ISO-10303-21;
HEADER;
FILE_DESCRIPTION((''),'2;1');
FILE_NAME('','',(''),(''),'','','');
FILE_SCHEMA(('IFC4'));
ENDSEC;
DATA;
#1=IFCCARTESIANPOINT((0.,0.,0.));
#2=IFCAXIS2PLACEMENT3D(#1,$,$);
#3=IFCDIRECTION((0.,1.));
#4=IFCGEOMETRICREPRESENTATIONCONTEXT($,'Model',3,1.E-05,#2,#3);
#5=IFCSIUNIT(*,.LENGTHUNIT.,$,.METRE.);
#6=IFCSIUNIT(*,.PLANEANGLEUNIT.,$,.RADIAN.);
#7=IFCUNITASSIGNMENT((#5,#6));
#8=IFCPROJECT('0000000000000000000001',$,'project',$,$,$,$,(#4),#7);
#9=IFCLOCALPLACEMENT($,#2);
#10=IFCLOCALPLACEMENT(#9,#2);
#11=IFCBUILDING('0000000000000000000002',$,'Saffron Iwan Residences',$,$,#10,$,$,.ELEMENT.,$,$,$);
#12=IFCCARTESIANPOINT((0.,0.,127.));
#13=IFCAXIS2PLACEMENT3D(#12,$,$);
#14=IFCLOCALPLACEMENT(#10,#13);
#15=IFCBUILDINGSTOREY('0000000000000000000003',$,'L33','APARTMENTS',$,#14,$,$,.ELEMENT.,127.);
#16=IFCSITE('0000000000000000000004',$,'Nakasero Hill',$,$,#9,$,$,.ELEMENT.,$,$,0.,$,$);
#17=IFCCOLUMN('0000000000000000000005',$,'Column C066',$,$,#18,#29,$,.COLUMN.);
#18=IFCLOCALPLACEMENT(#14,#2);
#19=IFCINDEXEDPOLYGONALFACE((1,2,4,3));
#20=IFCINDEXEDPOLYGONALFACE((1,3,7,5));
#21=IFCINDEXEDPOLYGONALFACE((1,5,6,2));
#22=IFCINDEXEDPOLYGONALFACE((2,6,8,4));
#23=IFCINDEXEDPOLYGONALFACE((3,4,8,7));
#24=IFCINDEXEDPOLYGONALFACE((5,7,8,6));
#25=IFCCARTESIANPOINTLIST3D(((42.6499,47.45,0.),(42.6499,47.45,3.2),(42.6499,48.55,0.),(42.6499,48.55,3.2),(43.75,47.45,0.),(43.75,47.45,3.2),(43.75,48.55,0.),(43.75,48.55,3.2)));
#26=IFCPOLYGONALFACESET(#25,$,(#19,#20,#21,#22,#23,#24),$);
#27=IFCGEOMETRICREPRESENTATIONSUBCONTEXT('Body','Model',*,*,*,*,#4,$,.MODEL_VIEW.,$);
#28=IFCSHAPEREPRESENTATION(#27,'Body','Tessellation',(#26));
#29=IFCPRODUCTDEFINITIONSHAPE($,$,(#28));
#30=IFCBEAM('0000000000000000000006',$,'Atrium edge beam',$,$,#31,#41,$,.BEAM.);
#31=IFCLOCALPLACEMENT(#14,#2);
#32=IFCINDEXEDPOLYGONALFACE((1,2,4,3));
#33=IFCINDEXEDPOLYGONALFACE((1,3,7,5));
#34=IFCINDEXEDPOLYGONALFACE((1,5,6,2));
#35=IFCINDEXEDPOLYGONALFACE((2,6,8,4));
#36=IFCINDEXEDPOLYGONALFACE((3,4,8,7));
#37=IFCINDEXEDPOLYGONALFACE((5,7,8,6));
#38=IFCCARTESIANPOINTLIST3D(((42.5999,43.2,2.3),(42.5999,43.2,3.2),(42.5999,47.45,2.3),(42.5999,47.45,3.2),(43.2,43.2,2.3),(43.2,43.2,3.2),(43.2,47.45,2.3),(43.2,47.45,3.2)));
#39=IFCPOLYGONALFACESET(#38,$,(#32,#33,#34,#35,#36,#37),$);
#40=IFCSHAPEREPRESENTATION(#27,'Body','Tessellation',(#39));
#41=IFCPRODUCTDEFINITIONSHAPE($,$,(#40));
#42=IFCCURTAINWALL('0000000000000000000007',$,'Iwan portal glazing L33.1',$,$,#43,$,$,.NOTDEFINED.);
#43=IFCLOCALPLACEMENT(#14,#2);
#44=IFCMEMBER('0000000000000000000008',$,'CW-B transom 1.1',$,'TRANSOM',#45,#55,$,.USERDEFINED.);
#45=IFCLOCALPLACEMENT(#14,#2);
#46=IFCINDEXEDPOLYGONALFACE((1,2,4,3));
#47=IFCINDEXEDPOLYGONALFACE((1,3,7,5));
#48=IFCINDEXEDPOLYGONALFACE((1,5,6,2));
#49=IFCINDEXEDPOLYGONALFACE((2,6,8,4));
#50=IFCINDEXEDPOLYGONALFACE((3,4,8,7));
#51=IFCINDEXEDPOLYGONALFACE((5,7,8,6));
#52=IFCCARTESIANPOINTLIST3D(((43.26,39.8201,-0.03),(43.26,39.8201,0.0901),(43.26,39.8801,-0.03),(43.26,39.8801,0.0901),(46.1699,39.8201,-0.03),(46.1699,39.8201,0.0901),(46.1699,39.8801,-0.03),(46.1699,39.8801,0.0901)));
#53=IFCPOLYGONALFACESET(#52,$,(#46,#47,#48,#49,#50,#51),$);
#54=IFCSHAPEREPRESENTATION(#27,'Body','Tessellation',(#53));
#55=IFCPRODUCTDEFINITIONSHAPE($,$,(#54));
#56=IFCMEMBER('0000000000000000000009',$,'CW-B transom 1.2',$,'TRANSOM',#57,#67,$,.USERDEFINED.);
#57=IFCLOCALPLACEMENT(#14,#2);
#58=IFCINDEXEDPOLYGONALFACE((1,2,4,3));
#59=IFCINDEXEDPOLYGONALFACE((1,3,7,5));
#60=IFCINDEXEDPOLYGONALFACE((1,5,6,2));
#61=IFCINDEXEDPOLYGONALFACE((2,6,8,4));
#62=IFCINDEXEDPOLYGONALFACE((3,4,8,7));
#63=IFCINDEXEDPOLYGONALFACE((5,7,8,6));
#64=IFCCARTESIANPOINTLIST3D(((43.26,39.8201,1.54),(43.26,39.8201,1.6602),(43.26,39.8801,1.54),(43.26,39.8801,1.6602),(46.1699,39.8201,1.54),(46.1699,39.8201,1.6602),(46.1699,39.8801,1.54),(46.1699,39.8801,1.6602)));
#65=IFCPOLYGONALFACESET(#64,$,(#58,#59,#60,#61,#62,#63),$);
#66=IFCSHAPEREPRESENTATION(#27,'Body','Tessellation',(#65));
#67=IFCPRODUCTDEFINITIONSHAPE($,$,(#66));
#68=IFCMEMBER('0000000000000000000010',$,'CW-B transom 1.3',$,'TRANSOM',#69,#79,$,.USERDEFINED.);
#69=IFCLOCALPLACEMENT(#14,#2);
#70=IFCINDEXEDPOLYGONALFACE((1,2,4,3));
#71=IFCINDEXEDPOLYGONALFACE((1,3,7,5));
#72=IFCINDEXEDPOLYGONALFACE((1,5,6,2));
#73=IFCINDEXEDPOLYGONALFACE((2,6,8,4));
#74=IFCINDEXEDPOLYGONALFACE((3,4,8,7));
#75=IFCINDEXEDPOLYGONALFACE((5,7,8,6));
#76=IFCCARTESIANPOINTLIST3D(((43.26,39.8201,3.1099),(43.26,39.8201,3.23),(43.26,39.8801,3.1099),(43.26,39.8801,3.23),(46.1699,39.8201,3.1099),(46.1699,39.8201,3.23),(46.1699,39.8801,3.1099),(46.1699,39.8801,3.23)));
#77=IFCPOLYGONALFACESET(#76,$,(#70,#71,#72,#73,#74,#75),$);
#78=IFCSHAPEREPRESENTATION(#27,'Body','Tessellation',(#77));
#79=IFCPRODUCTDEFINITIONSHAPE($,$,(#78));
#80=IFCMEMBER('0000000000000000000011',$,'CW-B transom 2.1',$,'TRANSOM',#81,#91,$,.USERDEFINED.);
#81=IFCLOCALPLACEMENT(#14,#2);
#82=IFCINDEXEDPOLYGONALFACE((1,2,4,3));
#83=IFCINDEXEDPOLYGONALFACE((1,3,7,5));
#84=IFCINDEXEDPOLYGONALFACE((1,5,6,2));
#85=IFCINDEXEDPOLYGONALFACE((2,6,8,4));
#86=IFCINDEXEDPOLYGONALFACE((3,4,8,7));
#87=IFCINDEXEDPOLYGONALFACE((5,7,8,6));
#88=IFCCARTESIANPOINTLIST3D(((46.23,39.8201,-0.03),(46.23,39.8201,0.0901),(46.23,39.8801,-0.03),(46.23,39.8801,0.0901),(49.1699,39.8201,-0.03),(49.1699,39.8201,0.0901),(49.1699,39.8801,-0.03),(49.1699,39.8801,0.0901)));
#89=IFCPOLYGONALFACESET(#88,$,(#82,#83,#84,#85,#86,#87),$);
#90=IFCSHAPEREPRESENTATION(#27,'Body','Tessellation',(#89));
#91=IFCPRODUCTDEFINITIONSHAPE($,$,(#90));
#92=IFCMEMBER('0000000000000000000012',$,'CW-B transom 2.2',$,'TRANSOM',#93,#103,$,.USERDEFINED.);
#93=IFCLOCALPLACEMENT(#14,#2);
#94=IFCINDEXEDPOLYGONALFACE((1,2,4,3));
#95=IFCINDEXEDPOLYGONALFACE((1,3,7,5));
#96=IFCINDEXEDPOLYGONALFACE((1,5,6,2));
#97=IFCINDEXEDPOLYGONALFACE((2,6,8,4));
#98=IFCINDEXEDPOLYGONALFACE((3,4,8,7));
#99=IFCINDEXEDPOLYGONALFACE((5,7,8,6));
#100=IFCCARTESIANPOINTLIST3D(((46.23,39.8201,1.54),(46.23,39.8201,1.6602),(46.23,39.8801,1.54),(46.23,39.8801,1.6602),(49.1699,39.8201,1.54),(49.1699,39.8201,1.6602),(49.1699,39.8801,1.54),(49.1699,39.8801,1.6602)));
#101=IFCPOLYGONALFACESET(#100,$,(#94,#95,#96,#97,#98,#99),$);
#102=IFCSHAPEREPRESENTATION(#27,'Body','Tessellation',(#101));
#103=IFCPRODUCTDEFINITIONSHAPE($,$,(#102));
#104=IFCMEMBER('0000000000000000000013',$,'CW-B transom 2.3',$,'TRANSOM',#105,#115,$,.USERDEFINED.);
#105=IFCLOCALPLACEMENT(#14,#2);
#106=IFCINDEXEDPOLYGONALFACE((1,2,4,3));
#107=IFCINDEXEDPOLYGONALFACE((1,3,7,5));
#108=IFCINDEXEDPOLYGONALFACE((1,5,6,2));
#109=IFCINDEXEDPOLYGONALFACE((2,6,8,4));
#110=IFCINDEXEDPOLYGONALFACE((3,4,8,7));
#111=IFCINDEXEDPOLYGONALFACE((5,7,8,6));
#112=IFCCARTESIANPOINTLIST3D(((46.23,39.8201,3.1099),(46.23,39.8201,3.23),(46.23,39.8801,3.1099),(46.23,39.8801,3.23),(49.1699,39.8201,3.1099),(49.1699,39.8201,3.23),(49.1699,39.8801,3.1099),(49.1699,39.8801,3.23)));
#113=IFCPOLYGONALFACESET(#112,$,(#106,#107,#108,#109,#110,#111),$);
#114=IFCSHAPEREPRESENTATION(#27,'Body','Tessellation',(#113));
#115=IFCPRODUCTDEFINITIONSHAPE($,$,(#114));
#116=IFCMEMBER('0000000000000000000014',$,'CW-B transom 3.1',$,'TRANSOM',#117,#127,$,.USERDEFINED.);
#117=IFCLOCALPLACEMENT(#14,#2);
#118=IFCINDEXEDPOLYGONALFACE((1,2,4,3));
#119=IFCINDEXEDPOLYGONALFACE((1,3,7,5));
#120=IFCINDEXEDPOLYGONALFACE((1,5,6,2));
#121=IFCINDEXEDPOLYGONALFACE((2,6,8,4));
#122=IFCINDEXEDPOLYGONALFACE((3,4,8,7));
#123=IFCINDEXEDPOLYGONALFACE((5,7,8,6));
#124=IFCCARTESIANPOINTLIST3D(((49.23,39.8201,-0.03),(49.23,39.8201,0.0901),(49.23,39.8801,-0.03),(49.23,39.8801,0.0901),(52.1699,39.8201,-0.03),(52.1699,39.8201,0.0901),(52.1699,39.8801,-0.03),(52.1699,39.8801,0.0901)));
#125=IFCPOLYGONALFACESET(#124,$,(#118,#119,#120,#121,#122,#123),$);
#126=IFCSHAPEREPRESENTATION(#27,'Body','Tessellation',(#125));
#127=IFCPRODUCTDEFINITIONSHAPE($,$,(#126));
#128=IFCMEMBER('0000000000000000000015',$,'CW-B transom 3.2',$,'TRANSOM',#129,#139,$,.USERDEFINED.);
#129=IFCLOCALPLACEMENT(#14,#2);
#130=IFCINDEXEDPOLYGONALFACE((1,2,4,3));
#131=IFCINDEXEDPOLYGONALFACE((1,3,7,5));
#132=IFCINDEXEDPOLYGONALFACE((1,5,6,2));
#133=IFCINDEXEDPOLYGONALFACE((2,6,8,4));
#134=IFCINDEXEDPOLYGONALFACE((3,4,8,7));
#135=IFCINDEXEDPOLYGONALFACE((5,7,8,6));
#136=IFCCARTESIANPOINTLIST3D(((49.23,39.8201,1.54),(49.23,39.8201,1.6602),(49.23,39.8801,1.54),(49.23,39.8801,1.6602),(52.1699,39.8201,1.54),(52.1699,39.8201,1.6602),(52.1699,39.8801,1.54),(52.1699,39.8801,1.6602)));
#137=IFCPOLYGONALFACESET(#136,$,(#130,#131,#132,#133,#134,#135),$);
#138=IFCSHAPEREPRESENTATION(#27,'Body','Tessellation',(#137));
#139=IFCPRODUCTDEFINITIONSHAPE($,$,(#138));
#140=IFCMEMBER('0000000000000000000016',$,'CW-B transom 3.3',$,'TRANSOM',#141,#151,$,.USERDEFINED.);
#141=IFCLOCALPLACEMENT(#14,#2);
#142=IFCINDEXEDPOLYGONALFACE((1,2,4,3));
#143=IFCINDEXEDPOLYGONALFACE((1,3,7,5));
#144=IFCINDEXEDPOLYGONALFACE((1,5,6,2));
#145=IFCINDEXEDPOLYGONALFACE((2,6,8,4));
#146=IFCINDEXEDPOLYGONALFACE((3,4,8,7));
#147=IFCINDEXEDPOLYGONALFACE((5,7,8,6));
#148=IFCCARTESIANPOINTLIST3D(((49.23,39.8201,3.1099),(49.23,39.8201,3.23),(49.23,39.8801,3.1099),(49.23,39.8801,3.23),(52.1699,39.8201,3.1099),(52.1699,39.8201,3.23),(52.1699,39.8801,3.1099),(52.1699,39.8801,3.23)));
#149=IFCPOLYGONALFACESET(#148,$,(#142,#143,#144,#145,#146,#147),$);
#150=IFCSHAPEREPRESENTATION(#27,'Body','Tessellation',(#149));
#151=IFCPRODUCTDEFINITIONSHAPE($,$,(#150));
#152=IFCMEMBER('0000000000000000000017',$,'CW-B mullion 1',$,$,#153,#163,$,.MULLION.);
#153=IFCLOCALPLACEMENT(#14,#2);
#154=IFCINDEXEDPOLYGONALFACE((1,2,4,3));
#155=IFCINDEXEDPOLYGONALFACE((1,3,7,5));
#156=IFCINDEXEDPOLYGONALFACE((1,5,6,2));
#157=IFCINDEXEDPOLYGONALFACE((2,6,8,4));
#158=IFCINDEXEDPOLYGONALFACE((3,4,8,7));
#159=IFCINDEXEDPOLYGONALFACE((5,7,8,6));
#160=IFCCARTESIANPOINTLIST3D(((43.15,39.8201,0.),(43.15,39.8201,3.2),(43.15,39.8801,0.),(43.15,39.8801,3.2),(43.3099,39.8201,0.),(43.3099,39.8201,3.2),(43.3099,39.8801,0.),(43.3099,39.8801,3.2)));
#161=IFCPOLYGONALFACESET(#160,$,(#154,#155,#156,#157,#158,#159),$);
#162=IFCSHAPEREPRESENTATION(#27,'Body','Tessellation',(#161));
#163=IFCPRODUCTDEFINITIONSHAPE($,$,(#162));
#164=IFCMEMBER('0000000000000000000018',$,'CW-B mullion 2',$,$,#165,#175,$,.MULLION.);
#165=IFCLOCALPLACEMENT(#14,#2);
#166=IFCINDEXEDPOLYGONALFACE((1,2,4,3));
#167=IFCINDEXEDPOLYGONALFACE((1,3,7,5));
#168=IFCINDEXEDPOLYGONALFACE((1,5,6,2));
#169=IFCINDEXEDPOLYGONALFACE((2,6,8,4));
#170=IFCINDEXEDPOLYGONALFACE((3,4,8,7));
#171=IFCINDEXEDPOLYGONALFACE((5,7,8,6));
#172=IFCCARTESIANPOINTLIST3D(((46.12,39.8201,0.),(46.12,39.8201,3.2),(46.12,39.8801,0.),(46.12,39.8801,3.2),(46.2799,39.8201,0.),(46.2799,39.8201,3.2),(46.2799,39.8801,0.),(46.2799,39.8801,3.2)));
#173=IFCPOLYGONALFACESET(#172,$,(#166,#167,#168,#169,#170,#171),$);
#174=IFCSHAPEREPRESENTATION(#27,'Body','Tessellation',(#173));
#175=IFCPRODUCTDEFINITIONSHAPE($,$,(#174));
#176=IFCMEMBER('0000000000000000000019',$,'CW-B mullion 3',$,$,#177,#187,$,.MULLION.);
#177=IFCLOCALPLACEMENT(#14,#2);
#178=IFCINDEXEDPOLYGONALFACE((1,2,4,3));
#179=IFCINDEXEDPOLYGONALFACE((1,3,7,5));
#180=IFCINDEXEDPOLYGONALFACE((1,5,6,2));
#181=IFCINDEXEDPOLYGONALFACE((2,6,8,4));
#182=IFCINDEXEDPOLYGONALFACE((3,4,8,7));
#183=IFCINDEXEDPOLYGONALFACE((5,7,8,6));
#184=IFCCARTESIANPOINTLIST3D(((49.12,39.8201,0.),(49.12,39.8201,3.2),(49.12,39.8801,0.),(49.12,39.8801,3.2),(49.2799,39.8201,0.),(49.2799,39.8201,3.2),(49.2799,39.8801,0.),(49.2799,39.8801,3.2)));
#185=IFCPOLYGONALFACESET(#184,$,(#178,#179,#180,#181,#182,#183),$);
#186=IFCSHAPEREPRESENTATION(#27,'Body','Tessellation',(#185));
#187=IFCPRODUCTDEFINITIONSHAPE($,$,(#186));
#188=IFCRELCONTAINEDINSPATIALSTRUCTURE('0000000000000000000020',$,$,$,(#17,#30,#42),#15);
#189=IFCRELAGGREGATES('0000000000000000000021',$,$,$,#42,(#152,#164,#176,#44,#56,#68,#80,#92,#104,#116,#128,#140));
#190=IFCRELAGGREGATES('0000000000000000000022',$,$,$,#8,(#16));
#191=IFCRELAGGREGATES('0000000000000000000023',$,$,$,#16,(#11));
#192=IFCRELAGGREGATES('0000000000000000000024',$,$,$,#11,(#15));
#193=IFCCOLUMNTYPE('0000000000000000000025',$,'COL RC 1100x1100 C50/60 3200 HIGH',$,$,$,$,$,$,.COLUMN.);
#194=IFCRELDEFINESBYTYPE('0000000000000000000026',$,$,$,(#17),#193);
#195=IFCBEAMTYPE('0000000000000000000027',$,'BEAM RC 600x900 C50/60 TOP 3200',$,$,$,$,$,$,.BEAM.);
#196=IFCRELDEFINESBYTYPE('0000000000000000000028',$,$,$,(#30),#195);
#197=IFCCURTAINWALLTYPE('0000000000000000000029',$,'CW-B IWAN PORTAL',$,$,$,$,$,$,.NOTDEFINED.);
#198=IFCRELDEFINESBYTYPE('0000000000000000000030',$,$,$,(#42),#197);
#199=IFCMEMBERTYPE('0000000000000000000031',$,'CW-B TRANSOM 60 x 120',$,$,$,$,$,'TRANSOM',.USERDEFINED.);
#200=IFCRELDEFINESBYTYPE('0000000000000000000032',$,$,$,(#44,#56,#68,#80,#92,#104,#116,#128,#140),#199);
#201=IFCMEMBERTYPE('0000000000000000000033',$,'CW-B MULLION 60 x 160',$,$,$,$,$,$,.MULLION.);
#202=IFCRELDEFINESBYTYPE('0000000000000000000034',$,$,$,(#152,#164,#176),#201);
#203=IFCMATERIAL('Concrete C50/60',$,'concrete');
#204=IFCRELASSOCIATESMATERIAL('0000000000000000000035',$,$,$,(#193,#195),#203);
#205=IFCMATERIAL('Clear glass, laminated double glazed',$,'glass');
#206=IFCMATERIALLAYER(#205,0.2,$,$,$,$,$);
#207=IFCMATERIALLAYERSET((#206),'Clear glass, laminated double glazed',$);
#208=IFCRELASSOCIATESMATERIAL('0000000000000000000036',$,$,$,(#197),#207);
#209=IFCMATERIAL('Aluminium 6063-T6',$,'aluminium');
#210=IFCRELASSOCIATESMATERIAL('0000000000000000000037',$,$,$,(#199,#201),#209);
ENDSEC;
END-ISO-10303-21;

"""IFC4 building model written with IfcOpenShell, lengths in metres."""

from ifc_helpers import new_model, si_unit, direction, frame, origin, origin_2d, place, context, subcontext, project, spatial, rectangle, extrude, source, transform, mapped, material, layer, layer_set, material_profile, profile_set, type_object, element, aggregate, save


model = new_model("IFC4")

# Units and contexts
model_context = context("Model", 3, precision=1e-05, world=origin(), true_north=direction((0.0, 1.0)))
body_context = subcontext(model_context, "Body", "Model", "MODEL_VIEW")
ifc_project = project(units=[si_unit("LENGTHUNIT", "METRE"), si_unit("PLANEANGLEUNIT", "RADIAN")], contexts=[model_context])

# Site, building, storey
site_placement = place(None, origin())
site = spatial("IfcSite", under=ifc_project, at=site_placement, Name="Nakasero Hill", CompositionType="ELEMENT", RefElevation=0.0)
building_placement = place(site_placement, origin())
building = spatial("IfcBuilding", under=site, at=building_placement, Name="Saffron Iwan Residences", CompositionType="ELEMENT")
storey_placement = place(building_placement, frame((0.0, 0.0, 127.0)))
storey = spatial("IfcBuildingStorey", under=building, at=storey_placement, Name="L33", Description="APARTMENTS", CompositionType="ELEMENT", Elevation=127.0)

# Column
ifc_material_1 = material(Name="Concrete C50/60", Category="concrete")
ifc_material_profile_1 = material_profile(ifc_material_1, rectangle(XDim=1.1001, YDim=1.1001, at=origin_2d()), Name="RC 1100x1100")
ifc_profile_set_1 = profile_set([ifc_material_profile_1], Name="Concrete C50/60")
column_type = type_object("IfcColumnType", Name="COL RC 1100x1100 C50/60 3200 HIGH", PredefinedType="COLUMN", material=ifc_profile_set_1)
shared_shape_1 = source(origin(), body_context, "Body", "SweptSolid", [
    extrude(rectangle(XDim=1.1001, YDim=1.1001, at=origin_2d()), origin(), (0.0, 0.0, 1.0), 3.2),
])
column_placement = place(storey_placement, frame((43.2, 48.0, 0.0), z_axis=(0.0, 0.0, 1.0), x_axis=(1.0, 0.0, 0.0)))
element("IfcColumn", 1, at=column_placement, inside=storey, type_object=column_type, Name="Column C066", PredefinedType="COLUMN", context=body_context, shape_type="MappedRepresentation", body=[
    mapped(shared_shape_1, transform((0.0, 0.0, 0.0))),
])

# Beam
ifc_material_profile_2 = material_profile(ifc_material_1, rectangle(XDim=0.6001, YDim=0.8999, at=origin_2d()), Name="RC 600x900")
ifc_profile_set_2 = profile_set([ifc_material_profile_2], Name="Concrete C50/60")
beam_type = type_object("IfcBeamType", Name="BEAM RC 600x900 C50/60 TOP 3200", PredefinedType="BEAM", material=ifc_profile_set_2)
shared_shape_2 = source(origin(), body_context, "Body", "SweptSolid", [
    extrude(rectangle(XDim=0.6001, YDim=0.8999, at=origin_2d()), origin(), (0.0, 0.0, 1.0), 4.25),
])
beam_placement = place(storey_placement, frame((42.8999, 43.2, 2.75), z_axis=(0.0, 1.0, 0.0), x_axis=(-1.0, 0.0, 0.0)))
element("IfcBeam", 2, at=beam_placement, inside=storey, type_object=beam_type, Name="Atrium edge beam", PredefinedType="BEAM", context=body_context, shape_type="MappedRepresentation", body=[
    mapped(shared_shape_2, transform((0.0, 0.0, 0.0))),
])

# Curtain wall, members
ifc_material_2 = material(Name="Clear glass, laminated double glazed", Category="glass")
ifc_layer_1 = layer(ifc_material_2, 0.2)
ifc_layer_set_1 = layer_set([ifc_layer_1], Name="Clear glass, laminated double glazed")
curtain_wall_type = type_object("IfcCurtainWallType", Name="CW-B IWAN PORTAL", PredefinedType="NOTDEFINED", material=ifc_layer_set_1)
curtain_wall_placement = place(storey_placement, origin())
curtain_wall = element("IfcCurtainWall", 3, at=curtain_wall_placement, inside=storey, type_object=curtain_wall_type, Name="Iwan portal glazing L33.1", PredefinedType="NOTDEFINED")
ifc_material_3 = material(Name="Aluminium 6063-T6", Category="aluminium")
ifc_material_profile_3 = material_profile(ifc_material_3, rectangle(XDim=0.0601, YDim=0.1201, at=origin_2d()), Name="CW-B TRANSOM 60 x 120")
ifc_profile_set_3 = profile_set([ifc_material_profile_3], Name="Aluminium 6063-T6")
member_type_1 = type_object("IfcMemberType", Name="CW-B TRANSOM 60 x 120", ElementType="TRANSOM", PredefinedType="USERDEFINED", material=ifc_profile_set_3)
shared_shape_3 = source(origin(), body_context, "Body", "SweptSolid", [
    extrude(rectangle(XDim=0.0601, YDim=0.1201, at=origin_2d()), origin(), (0.0, 0.0, 1.0), 2.9099),
])
member_1_placement = place(storey_placement, frame((43.26, 39.8501, 0.03), z_axis=(1.0, 0.0, 0.0), x_axis=(0.0, 1.0, 0.0)))
member_1 = element("IfcMember", 4, at=member_1_placement, type_object=member_type_1, Name="CW-B transom 1.1", ObjectType="TRANSOM", PredefinedType="USERDEFINED", context=body_context, shape_type="MappedRepresentation", body=[
    mapped(shared_shape_3, transform((0.0, 0.0, 0.0))),
])
member_2_placement = place(storey_placement, frame((43.26, 39.8501, 1.6001), z_axis=(1.0, 0.0, 0.0), x_axis=(0.0, 1.0, 0.0)))
member_2 = element("IfcMember", 5, at=member_2_placement, type_object=member_type_1, Name="CW-B transom 1.2", ObjectType="TRANSOM", PredefinedType="USERDEFINED", context=body_context, shape_type="MappedRepresentation", body=[
    mapped(shared_shape_3, transform((0.0, 0.0, 0.0))),
])
member_3_placement = place(storey_placement, frame((43.26, 39.8501, 3.1699), z_axis=(1.0, 0.0, 0.0), x_axis=(0.0, 1.0, 0.0)))
member_3 = element("IfcMember", 6, at=member_3_placement, type_object=member_type_1, Name="CW-B transom 1.3", ObjectType="TRANSOM", PredefinedType="USERDEFINED", context=body_context, shape_type="MappedRepresentation", body=[
    mapped(shared_shape_3, transform((0.0, 0.0, 0.0))),
])
shared_shape_4 = source(origin(), body_context, "Body", "SweptSolid", [
    extrude(rectangle(XDim=0.0601, YDim=0.1201, at=origin_2d()), origin(), (0.0, 0.0, 1.0), 2.9399),
])
member_4_placement = place(storey_placement, frame((46.23, 39.8501, 0.03), z_axis=(1.0, 0.0, 0.0), x_axis=(0.0, 1.0, 0.0)))
member_4 = element("IfcMember", 7, at=member_4_placement, type_object=member_type_1, Name="CW-B transom 2.1", ObjectType="TRANSOM", PredefinedType="USERDEFINED", context=body_context, shape_type="MappedRepresentation", body=[
    mapped(shared_shape_4, transform((0.0, 0.0, 0.0))),
])
member_5_placement = place(storey_placement, frame((46.23, 39.8501, 1.6001), z_axis=(1.0, 0.0, 0.0), x_axis=(0.0, 1.0, 0.0)))
member_5 = element("IfcMember", 8, at=member_5_placement, type_object=member_type_1, Name="CW-B transom 2.2", ObjectType="TRANSOM", PredefinedType="USERDEFINED", context=body_context, shape_type="MappedRepresentation", body=[
    mapped(shared_shape_4, transform((0.0, 0.0, 0.0))),
])
member_6_placement = place(storey_placement, frame((46.23, 39.8501, 3.1699), z_axis=(1.0, 0.0, 0.0), x_axis=(0.0, 1.0, 0.0)))
member_6 = element("IfcMember", 9, at=member_6_placement, type_object=member_type_1, Name="CW-B transom 2.3", ObjectType="TRANSOM", PredefinedType="USERDEFINED", context=body_context, shape_type="MappedRepresentation", body=[
    mapped(shared_shape_4, transform((0.0, 0.0, 0.0))),
])
member_7_placement = place(storey_placement, frame((49.23, 39.8501, 0.03), z_axis=(1.0, 0.0, 0.0), x_axis=(0.0, 1.0, 0.0)))
member_7 = element("IfcMember", 10, at=member_7_placement, type_object=member_type_1, Name="CW-B transom 3.1", ObjectType="TRANSOM", PredefinedType="USERDEFINED", context=body_context, shape_type="MappedRepresentation", body=[
    mapped(shared_shape_4, transform((0.0, 0.0, 0.0))),
])
member_8_placement = place(storey_placement, frame((49.23, 39.8501, 1.6001), z_axis=(1.0, 0.0, 0.0), x_axis=(0.0, 1.0, 0.0)))
member_8 = element("IfcMember", 11, at=member_8_placement, type_object=member_type_1, Name="CW-B transom 3.2", ObjectType="TRANSOM", PredefinedType="USERDEFINED", context=body_context, shape_type="MappedRepresentation", body=[
    mapped(shared_shape_4, transform((0.0, 0.0, 0.0))),
])
member_9_placement = place(storey_placement, frame((49.23, 39.8501, 3.1699), z_axis=(1.0, 0.0, 0.0), x_axis=(0.0, 1.0, 0.0)))
member_9 = element("IfcMember", 12, at=member_9_placement, type_object=member_type_1, Name="CW-B transom 3.3", ObjectType="TRANSOM", PredefinedType="USERDEFINED", context=body_context, shape_type="MappedRepresentation", body=[
    mapped(shared_shape_4, transform((0.0, 0.0, 0.0))),
])
ifc_material_profile_4 = material_profile(ifc_material_3, rectangle(XDim=0.0601, YDim=0.1599, at=origin_2d()), Name="CW-B MULLION 60 x 160")
ifc_profile_set_4 = profile_set([ifc_material_profile_4], Name="Aluminium 6063-T6")
member_type_2 = type_object("IfcMemberType", Name="CW-B MULLION 60 x 160", PredefinedType="MULLION", material=ifc_profile_set_4)
shared_shape_5 = source(origin(), body_context, "Body", "SweptSolid", [
    extrude(rectangle(XDim=0.0601, YDim=0.1599, at=origin_2d()), origin(), (0.0, 0.0, 1.0), 3.2),
])
member_10_placement = place(storey_placement, frame((43.23, 39.8501, 0.0), z_axis=(0.0, 0.0, 1.0), x_axis=(0.0, 1.0, 0.0)))
member_10 = element("IfcMember", 13, at=member_10_placement, type_object=member_type_2, Name="CW-B mullion 1", PredefinedType="MULLION", context=body_context, shape_type="MappedRepresentation", body=[
    mapped(shared_shape_5, transform((0.0, 0.0, 0.0))),
])
member_11_placement = place(storey_placement, frame((46.2, 39.8501, 0.0), z_axis=(0.0, 0.0, 1.0), x_axis=(0.0, 1.0, 0.0)))
member_11 = element("IfcMember", 14, at=member_11_placement, type_object=member_type_2, Name="CW-B mullion 2", PredefinedType="MULLION", context=body_context, shape_type="MappedRepresentation", body=[
    mapped(shared_shape_5, transform((0.0, 0.0, 0.0))),
])
member_12_placement = place(storey_placement, frame((49.2, 39.8501, 0.0), z_axis=(0.0, 0.0, 1.0), x_axis=(0.0, 1.0, 0.0)))
member_12 = element("IfcMember", 15, at=member_12_placement, type_object=member_type_2, Name="CW-B mullion 3", PredefinedType="MULLION", context=body_context, shape_type="MappedRepresentation", body=[
    mapped(shared_shape_5, transform((0.0, 0.0, 0.0))),
])
aggregate(curtain_wall, [member_10, member_11, member_12, member_1, member_2, member_3, member_4, member_5, member_6, member_7, member_8, member_9])

save(model, "model.ifc")
